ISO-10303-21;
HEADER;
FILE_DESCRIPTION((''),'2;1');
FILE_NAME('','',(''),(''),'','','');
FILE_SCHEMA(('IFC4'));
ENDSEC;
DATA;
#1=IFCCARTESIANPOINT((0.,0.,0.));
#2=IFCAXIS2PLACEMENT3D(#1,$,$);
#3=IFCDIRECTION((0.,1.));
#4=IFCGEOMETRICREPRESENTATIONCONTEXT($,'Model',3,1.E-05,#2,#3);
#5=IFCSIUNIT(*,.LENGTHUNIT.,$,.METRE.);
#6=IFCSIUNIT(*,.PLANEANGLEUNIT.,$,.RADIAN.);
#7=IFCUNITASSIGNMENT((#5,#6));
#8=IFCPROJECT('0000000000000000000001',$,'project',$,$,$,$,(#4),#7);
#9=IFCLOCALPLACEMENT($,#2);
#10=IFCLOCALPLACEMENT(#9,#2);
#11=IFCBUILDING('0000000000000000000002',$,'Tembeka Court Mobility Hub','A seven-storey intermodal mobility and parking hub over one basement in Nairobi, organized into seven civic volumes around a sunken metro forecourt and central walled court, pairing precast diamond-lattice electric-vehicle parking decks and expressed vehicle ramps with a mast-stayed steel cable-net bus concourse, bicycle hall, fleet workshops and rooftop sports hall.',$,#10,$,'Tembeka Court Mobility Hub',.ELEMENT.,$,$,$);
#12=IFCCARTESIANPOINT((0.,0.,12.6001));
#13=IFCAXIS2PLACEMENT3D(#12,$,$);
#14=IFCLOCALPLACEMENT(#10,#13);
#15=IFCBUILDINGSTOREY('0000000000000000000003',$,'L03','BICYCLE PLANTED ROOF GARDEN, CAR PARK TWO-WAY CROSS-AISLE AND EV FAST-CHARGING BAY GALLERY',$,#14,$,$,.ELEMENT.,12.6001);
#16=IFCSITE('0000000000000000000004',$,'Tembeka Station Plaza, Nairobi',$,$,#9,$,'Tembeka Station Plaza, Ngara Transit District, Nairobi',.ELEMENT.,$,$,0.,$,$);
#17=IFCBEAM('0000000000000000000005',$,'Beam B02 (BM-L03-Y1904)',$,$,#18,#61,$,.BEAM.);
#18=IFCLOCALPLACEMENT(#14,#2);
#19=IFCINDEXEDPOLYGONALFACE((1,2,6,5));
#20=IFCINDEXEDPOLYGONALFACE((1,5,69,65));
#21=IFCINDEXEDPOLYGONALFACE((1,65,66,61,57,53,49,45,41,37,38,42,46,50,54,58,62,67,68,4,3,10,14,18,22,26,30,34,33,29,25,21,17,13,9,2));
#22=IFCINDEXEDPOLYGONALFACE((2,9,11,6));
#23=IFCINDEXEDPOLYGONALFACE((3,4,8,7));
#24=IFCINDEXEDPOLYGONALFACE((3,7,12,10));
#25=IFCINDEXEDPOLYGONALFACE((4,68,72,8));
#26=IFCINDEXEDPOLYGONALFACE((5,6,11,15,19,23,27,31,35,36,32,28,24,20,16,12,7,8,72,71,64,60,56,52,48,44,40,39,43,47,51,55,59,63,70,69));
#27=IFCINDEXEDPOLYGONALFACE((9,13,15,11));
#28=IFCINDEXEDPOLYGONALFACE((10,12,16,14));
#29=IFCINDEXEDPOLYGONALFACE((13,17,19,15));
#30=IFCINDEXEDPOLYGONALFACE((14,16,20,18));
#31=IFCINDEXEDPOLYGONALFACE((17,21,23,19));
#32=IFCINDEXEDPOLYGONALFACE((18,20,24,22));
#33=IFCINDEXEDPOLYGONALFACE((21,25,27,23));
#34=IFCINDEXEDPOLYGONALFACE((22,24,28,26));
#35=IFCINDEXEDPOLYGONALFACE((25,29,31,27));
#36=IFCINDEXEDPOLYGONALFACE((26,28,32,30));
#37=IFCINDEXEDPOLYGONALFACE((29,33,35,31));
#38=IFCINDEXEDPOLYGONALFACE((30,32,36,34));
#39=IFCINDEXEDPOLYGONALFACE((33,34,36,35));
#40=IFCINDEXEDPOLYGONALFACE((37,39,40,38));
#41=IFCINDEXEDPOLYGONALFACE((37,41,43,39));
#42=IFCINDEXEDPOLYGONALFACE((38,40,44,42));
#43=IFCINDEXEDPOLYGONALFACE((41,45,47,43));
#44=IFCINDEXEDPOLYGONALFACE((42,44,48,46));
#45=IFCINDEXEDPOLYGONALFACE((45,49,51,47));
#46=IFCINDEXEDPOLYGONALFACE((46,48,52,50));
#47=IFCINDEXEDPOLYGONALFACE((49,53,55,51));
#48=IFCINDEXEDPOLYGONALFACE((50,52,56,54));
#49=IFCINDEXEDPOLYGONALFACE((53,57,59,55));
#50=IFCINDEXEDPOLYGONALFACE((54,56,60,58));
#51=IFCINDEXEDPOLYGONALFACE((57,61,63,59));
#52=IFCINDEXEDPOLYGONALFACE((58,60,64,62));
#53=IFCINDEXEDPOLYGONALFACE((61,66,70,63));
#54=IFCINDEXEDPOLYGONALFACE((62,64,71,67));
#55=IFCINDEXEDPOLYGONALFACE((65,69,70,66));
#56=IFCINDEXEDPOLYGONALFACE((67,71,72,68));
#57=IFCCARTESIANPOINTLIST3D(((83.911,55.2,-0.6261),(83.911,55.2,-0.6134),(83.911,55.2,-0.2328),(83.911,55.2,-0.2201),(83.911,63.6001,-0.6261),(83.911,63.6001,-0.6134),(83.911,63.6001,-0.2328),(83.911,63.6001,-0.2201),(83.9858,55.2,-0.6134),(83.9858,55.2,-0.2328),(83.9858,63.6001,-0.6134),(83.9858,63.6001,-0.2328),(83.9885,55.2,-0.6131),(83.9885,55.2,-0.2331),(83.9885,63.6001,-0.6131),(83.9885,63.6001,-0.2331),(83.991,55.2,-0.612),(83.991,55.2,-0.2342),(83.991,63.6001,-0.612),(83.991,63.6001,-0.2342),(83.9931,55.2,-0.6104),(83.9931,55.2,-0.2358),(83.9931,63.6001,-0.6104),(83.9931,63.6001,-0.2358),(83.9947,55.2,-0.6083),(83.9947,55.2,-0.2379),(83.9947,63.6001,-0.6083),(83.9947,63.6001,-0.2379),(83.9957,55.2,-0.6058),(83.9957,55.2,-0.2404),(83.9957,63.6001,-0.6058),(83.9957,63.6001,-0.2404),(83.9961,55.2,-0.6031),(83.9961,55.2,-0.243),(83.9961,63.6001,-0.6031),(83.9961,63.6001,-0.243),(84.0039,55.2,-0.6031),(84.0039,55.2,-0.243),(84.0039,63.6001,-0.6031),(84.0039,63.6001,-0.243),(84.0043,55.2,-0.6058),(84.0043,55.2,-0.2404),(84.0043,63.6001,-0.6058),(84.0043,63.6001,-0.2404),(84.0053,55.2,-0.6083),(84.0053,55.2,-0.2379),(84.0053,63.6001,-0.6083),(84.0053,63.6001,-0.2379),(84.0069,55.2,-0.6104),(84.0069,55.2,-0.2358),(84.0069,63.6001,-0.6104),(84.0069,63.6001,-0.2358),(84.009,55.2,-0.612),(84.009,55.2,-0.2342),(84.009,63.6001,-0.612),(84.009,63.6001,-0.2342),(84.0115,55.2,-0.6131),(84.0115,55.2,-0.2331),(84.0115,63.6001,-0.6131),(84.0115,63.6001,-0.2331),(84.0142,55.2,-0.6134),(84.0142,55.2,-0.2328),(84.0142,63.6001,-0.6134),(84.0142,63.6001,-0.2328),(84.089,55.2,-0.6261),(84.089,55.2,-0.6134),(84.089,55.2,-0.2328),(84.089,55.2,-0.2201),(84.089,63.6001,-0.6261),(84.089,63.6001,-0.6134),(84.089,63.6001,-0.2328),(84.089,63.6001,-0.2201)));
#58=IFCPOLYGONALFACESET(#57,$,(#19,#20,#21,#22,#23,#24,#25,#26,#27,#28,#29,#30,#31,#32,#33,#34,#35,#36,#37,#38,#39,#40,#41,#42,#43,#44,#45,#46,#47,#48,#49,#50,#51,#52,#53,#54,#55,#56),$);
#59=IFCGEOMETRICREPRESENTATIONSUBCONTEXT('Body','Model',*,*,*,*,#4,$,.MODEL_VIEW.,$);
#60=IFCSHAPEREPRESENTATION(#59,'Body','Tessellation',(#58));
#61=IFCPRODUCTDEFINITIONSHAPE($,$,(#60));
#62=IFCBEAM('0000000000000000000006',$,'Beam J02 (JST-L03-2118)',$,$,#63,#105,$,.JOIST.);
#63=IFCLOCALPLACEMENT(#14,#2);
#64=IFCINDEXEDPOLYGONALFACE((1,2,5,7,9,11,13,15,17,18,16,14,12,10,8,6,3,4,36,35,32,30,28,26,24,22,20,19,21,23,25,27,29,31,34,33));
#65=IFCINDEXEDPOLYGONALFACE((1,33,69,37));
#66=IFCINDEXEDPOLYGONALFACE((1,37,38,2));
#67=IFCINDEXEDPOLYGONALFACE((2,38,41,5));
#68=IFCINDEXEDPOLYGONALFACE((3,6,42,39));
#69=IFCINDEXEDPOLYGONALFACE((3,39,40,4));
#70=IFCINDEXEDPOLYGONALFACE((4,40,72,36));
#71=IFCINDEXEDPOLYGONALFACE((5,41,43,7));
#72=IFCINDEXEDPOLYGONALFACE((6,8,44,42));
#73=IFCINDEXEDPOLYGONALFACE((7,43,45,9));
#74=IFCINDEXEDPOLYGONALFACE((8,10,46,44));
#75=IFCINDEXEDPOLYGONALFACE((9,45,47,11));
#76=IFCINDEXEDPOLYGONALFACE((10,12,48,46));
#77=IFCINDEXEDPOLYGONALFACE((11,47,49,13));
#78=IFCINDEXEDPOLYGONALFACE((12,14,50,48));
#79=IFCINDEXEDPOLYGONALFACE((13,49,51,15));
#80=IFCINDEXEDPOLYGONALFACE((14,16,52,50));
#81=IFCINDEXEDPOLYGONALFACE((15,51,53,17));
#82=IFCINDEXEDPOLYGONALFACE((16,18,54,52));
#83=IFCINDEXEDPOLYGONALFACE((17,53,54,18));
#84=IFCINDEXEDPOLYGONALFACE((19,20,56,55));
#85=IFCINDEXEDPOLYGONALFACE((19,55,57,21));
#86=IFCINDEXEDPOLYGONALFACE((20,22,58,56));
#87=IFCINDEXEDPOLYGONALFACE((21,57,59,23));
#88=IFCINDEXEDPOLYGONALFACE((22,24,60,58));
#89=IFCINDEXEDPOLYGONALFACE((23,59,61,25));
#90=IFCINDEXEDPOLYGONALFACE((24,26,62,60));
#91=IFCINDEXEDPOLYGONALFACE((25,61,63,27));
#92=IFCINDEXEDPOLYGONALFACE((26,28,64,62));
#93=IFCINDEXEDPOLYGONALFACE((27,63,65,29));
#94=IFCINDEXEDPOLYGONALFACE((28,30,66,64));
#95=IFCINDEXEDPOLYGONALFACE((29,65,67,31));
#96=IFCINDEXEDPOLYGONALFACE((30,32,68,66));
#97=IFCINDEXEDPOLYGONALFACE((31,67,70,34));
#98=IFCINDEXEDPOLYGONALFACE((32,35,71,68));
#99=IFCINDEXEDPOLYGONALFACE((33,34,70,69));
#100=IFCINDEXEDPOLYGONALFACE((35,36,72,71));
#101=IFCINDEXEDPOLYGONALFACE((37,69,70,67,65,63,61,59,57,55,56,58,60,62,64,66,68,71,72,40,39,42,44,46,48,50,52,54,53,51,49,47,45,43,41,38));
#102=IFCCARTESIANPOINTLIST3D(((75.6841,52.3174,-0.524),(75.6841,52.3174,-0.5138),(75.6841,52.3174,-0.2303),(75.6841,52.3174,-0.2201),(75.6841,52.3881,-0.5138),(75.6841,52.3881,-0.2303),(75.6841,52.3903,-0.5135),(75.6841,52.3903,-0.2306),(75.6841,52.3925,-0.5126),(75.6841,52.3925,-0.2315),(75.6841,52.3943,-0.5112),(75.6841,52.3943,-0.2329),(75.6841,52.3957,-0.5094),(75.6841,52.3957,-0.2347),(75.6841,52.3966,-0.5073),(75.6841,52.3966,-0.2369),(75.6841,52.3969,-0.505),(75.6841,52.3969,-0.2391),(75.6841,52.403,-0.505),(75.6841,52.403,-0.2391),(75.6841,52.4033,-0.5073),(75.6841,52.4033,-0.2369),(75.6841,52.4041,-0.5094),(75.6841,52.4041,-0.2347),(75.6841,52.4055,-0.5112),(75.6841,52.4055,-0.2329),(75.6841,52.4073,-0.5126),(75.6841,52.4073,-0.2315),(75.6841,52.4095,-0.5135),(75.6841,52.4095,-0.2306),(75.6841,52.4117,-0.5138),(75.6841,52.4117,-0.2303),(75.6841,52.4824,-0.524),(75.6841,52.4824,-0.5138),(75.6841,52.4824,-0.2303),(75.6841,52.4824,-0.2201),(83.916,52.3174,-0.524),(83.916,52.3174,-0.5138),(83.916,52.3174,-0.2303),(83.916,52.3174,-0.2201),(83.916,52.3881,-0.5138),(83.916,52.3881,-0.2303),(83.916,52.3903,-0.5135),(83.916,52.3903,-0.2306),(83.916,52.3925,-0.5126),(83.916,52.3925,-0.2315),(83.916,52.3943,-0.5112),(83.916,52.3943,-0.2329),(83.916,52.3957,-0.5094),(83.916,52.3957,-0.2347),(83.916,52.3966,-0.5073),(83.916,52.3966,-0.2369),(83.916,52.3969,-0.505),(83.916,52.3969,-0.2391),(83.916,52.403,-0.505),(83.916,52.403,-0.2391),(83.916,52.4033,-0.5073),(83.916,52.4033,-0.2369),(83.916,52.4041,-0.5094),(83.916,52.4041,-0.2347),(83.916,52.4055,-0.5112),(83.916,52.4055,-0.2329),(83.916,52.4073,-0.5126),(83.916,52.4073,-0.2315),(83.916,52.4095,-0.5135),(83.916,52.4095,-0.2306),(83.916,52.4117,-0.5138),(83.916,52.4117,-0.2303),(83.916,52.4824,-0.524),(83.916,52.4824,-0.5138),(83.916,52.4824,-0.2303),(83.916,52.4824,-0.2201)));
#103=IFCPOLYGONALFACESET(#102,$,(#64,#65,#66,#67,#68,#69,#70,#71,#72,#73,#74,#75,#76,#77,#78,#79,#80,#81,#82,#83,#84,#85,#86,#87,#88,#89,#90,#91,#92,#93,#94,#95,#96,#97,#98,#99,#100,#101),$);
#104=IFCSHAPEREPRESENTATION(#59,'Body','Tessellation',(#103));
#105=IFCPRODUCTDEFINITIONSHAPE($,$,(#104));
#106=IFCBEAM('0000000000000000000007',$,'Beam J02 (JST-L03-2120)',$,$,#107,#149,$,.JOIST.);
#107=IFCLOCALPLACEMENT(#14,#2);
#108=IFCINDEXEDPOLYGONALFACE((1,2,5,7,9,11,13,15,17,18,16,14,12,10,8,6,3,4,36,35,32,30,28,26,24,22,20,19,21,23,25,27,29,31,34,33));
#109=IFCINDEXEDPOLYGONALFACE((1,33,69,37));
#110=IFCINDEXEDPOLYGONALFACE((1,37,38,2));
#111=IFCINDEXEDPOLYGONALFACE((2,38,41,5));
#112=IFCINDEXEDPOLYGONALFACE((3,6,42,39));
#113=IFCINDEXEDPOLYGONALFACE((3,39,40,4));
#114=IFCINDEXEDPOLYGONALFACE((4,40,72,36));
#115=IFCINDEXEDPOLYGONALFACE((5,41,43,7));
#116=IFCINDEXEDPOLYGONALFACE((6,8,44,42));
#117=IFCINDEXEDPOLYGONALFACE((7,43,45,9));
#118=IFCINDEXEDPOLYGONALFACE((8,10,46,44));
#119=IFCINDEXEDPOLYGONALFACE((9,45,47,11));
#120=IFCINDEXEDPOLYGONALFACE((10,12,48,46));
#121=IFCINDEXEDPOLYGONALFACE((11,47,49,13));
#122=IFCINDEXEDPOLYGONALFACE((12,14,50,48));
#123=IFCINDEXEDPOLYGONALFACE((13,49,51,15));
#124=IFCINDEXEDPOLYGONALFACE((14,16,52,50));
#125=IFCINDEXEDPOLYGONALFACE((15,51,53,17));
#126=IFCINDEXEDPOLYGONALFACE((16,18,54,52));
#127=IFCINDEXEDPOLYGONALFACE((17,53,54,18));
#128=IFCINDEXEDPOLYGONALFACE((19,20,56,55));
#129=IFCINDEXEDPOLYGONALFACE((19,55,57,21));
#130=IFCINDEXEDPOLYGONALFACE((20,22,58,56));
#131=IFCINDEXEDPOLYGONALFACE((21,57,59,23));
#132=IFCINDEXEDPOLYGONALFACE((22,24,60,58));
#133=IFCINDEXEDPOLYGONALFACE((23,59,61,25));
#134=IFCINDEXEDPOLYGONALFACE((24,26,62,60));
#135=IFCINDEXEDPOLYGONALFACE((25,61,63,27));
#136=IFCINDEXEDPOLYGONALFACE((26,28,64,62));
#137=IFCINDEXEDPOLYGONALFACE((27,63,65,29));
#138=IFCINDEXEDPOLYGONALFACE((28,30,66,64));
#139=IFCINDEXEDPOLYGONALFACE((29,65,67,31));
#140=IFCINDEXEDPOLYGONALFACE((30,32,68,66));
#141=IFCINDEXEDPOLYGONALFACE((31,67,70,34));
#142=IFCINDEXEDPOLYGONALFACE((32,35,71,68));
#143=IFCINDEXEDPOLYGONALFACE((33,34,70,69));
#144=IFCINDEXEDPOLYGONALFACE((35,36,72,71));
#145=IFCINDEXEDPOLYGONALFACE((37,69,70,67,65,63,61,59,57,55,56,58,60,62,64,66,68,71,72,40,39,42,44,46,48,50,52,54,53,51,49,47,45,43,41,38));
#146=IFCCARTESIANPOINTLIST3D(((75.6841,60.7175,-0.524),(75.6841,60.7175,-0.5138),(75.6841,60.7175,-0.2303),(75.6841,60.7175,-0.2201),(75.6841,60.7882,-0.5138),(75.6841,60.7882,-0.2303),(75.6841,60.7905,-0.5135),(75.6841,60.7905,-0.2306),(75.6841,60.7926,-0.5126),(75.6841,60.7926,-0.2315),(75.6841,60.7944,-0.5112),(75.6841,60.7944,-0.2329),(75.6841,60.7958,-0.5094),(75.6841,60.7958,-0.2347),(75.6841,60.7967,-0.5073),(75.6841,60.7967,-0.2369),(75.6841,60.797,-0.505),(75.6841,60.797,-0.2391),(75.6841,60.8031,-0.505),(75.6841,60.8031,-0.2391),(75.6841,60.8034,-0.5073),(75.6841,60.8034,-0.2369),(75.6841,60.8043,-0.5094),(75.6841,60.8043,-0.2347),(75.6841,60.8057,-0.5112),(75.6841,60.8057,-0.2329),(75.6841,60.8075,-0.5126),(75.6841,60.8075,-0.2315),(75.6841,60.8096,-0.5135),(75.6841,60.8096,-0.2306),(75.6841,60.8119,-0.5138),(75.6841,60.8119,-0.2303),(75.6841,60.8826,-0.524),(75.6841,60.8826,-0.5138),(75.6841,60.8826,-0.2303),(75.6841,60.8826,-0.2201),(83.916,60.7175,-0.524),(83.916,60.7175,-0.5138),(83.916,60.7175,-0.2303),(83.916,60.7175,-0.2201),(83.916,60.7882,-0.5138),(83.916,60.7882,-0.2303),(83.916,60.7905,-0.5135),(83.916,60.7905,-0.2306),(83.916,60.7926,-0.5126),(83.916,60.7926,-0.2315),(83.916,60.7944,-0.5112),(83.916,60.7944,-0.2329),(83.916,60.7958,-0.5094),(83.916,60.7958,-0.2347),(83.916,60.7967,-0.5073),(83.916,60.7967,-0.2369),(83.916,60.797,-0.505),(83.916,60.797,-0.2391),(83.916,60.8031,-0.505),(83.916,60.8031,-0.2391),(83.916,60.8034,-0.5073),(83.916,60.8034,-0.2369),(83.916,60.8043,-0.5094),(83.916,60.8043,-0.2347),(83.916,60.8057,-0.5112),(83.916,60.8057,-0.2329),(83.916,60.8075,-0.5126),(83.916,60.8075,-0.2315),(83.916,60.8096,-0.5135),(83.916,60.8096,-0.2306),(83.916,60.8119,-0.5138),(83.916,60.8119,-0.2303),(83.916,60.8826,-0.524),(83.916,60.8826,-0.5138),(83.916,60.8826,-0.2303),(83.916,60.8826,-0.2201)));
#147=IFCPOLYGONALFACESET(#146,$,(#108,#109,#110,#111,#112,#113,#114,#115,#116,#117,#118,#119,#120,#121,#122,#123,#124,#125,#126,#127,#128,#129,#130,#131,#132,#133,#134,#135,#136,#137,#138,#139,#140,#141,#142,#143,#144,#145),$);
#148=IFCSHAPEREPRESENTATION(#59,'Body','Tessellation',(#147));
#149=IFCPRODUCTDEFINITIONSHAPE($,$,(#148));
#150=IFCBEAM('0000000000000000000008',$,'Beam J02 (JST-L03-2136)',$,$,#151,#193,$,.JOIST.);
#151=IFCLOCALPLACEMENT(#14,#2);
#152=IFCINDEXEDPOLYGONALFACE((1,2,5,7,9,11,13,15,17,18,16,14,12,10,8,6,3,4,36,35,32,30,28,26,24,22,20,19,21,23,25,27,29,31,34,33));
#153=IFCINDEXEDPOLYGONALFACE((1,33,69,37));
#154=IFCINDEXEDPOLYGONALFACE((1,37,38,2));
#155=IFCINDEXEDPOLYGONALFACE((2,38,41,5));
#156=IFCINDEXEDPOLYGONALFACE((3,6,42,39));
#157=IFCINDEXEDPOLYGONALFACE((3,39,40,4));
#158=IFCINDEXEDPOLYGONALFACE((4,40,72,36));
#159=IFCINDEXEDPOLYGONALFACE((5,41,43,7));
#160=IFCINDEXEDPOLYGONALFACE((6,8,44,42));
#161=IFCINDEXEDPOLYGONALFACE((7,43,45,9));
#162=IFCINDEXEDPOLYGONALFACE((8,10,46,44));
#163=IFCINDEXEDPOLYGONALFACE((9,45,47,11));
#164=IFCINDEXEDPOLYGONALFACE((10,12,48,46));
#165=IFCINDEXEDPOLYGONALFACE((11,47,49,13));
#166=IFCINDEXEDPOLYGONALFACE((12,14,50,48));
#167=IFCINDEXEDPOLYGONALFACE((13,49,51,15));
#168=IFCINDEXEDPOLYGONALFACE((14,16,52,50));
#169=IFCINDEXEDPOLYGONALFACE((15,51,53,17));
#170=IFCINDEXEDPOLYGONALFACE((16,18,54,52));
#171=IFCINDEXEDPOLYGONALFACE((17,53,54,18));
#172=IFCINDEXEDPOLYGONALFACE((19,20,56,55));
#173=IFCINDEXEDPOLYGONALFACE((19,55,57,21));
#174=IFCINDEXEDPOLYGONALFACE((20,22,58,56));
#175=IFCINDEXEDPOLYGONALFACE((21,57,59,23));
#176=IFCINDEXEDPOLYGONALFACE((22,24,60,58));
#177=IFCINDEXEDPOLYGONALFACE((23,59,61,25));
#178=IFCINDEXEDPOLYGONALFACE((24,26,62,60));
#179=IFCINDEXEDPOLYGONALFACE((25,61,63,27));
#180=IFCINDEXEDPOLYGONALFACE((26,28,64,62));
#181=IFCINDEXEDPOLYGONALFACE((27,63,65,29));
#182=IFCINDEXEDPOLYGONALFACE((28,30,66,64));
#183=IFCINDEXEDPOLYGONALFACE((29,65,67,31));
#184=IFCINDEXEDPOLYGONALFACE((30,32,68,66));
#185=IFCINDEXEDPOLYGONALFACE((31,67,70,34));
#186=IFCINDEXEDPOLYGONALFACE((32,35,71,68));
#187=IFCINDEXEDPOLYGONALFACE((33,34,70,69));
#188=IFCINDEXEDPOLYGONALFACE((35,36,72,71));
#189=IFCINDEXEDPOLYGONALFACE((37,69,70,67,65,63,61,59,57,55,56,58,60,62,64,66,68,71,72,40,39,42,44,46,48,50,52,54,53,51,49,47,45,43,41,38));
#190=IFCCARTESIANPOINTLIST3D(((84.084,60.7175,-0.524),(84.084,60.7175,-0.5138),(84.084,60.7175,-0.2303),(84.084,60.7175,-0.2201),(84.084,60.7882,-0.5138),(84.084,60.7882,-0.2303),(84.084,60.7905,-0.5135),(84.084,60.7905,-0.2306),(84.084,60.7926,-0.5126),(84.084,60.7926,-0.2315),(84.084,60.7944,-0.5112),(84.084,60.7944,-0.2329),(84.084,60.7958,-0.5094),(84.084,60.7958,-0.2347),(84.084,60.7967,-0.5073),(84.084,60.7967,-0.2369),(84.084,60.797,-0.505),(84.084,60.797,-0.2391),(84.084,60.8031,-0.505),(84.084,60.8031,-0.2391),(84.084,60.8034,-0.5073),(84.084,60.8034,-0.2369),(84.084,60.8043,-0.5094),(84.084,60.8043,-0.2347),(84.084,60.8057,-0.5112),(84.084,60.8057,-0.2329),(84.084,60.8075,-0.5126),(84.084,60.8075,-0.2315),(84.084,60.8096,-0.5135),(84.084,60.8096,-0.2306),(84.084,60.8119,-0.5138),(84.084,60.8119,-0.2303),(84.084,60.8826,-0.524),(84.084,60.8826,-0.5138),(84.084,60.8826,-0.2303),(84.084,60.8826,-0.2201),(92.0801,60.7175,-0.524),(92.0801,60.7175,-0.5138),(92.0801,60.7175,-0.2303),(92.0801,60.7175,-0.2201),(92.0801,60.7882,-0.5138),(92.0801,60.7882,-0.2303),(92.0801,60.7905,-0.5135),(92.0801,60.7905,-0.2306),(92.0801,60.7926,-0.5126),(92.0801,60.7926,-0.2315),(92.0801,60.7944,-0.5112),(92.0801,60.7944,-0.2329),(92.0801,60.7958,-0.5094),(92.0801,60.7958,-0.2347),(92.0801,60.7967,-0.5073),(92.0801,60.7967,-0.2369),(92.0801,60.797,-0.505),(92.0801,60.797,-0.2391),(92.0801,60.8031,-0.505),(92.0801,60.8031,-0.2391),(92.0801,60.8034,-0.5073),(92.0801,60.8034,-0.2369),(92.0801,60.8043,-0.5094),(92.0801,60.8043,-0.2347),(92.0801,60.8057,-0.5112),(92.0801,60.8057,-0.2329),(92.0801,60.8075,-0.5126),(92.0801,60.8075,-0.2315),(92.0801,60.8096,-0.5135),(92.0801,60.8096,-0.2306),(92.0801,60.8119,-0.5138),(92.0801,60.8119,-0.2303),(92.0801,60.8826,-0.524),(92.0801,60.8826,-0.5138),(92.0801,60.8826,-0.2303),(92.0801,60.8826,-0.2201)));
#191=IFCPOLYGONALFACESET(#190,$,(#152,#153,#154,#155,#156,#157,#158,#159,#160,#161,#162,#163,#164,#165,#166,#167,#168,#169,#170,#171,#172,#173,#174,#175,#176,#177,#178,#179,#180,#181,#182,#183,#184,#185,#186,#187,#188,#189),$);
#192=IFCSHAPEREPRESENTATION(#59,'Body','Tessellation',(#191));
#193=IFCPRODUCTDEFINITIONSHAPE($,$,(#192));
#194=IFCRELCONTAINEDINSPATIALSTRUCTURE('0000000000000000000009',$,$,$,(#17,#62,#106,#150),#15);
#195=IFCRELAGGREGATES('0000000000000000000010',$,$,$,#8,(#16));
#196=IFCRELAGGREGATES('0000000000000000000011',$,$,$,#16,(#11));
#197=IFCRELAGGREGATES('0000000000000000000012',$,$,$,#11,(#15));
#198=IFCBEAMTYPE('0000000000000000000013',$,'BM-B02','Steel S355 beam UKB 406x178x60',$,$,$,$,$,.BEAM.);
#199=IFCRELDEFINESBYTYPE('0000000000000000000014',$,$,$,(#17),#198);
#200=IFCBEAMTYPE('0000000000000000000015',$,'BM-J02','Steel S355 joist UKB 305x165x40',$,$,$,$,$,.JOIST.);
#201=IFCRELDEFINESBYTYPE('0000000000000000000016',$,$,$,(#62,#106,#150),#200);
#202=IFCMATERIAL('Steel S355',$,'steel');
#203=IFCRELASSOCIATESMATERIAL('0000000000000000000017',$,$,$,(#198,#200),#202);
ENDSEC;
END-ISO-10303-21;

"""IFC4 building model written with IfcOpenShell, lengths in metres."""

from ifc_helpers import new_model, si_unit, direction, frame, origin, origin_2d, place, context, subcontext, project, spatial, i_section, extrude, material, material_profile, profile_set, type_object, element, save


model = new_model("IFC4")

# Units and contexts
model_context = context("Model", 3, precision=1e-05, world=origin(), true_north=direction((0.0, 1.0)))
body_context = subcontext(model_context, "Body", "Model", "MODEL_VIEW")
ifc_project = project(units=[si_unit("LENGTHUNIT", "METRE"), si_unit("PLANEANGLEUNIT", "RADIAN")], contexts=[model_context])

# Site, building, storey
site_placement = place(None, origin())
site = spatial("IfcSite", under=ifc_project, at=site_placement, Name="Tembeka Station Plaza, Nairobi", LongName="Tembeka Station Plaza, Ngara Transit District, Nairobi", CompositionType="ELEMENT", RefElevation=0.0)
building_placement = place(site_placement, origin())
building = spatial("IfcBuilding", under=site, at=building_placement, Name="Tembeka Court Mobility Hub", Description="A seven-storey intermodal mobility and parking hub over one basement in Nairobi, organized into seven civic volumes around a sunken metro forecourt and central walled court, pairing precast diamond-lattice electric-vehicle parking decks and expressed vehicle ramps with a mast-stayed steel cable-net bus concourse, bicycle hall, fleet workshops and rooftop sports hall.", LongName="Tembeka Court Mobility Hub", CompositionType="ELEMENT")
storey_placement = place(building_placement, frame((0.0, 0.0, 12.6001)))
storey = spatial("IfcBuildingStorey", under=building, at=storey_placement, Name="L03", Description="BICYCLE PLANTED ROOF GARDEN, CAR PARK TWO-WAY CROSS-AISLE AND EV FAST-CHARGING BAY GALLERY", CompositionType="ELEMENT", Elevation=12.6001)

# Shared definitions
ifc_material_1 = material(Name="Steel S355", Category="steel")

# Beams
ifc_material_profile_1 = material_profile(ifc_material_1, i_section(OverallWidth=0.178, OverallDepth=0.406, WebThickness=0.0078, FlangeThickness=0.0127, FilletRadius=0.0103, at=origin_2d()), Name="UKB 406x178x60")
ifc_profile_set_1 = profile_set([ifc_material_profile_1], Name="Steel S355")
beam_type_1 = type_object("IfcBeamType", Name="BM-B02", Description="Steel S355 beam UKB 406x178x60", PredefinedType="BEAM", material=ifc_profile_set_1)
for number, where, z_axis, x_axis, name in (
    (1, (84.0, 55.2, -0.4231), (0.0, 1.0, 0.0), (-1.0, 0.0, 0.0), "Beam B02 (BM-L03-Y1904)"),
):
    element("IfcBeam", number, at=place(storey_placement, frame(where, z_axis=z_axis, x_axis=x_axis)), inside=storey, type_object=beam_type_1, Name=name, PredefinedType="BEAM", context=body_context, shape_type="SweptSolid", body=[
        extrude(i_section(OverallWidth=0.178, OverallDepth=0.406, WebThickness=0.0078, FlangeThickness=0.0127, FilletRadius=0.0103, at=origin_2d()), origin(), (0.0, 0.0, 1.0), 8.4001),
    ])
ifc_material_profile_2 = material_profile(ifc_material_1, i_section(OverallWidth=0.165, OverallDepth=0.304, WebThickness=0.0061, FlangeThickness=0.0103, FilletRadius=0.0088, at=origin_2d()), Name="UKB 305x165x40")
ifc_profile_set_2 = profile_set([ifc_material_profile_2], Name="Steel S355")
beam_type_2 = type_object("IfcBeamType", Name="BM-J02", Description="Steel S355 joist UKB 305x165x40", PredefinedType="JOIST", material=ifc_profile_set_2)
for number, where, z_axis, x_axis, name in (
    (2, (75.6841, 52.3999, -0.3721), (1.0, 0.0, 0.0), (0.0, 1.0, 0.0), "Beam J02 (JST-L03-2118)"),
    (3, (75.6841, 60.8, -0.3721), (1.0, 0.0, 0.0), (0.0, 1.0, 0.0), "Beam J02 (JST-L03-2120)"),
):
    element("IfcBeam", number, at=place(storey_placement, frame(where, z_axis=z_axis, x_axis=x_axis)), inside=storey, type_object=beam_type_2, Name=name, PredefinedType="JOIST", context=body_context, shape_type="SweptSolid", body=[
        extrude(i_section(OverallWidth=0.165, OverallDepth=0.304, WebThickness=0.0061, FlangeThickness=0.0103, FilletRadius=0.0088, at=origin_2d()), origin(), (0.0, 0.0, 1.0), 8.2319),
    ])
beam_1_placement = place(storey_placement, frame((84.084, 60.8, -0.3721), z_axis=(1.0, 0.0, 0.0), x_axis=(0.0, 1.0, 0.0)))
element("IfcBeam", 4, at=beam_1_placement, inside=storey, type_object=beam_type_2, Name="Beam J02 (JST-L03-2136)", PredefinedType="JOIST", context=body_context, shape_type="SweptSolid", body=[
    extrude(i_section(OverallWidth=0.165, OverallDepth=0.304, WebThickness=0.0061, FlangeThickness=0.0103, FilletRadius=0.0088, at=origin_2d()), origin(), (0.0, 0.0, 1.0), 7.9961),
])

save(model, "model.ifc")
